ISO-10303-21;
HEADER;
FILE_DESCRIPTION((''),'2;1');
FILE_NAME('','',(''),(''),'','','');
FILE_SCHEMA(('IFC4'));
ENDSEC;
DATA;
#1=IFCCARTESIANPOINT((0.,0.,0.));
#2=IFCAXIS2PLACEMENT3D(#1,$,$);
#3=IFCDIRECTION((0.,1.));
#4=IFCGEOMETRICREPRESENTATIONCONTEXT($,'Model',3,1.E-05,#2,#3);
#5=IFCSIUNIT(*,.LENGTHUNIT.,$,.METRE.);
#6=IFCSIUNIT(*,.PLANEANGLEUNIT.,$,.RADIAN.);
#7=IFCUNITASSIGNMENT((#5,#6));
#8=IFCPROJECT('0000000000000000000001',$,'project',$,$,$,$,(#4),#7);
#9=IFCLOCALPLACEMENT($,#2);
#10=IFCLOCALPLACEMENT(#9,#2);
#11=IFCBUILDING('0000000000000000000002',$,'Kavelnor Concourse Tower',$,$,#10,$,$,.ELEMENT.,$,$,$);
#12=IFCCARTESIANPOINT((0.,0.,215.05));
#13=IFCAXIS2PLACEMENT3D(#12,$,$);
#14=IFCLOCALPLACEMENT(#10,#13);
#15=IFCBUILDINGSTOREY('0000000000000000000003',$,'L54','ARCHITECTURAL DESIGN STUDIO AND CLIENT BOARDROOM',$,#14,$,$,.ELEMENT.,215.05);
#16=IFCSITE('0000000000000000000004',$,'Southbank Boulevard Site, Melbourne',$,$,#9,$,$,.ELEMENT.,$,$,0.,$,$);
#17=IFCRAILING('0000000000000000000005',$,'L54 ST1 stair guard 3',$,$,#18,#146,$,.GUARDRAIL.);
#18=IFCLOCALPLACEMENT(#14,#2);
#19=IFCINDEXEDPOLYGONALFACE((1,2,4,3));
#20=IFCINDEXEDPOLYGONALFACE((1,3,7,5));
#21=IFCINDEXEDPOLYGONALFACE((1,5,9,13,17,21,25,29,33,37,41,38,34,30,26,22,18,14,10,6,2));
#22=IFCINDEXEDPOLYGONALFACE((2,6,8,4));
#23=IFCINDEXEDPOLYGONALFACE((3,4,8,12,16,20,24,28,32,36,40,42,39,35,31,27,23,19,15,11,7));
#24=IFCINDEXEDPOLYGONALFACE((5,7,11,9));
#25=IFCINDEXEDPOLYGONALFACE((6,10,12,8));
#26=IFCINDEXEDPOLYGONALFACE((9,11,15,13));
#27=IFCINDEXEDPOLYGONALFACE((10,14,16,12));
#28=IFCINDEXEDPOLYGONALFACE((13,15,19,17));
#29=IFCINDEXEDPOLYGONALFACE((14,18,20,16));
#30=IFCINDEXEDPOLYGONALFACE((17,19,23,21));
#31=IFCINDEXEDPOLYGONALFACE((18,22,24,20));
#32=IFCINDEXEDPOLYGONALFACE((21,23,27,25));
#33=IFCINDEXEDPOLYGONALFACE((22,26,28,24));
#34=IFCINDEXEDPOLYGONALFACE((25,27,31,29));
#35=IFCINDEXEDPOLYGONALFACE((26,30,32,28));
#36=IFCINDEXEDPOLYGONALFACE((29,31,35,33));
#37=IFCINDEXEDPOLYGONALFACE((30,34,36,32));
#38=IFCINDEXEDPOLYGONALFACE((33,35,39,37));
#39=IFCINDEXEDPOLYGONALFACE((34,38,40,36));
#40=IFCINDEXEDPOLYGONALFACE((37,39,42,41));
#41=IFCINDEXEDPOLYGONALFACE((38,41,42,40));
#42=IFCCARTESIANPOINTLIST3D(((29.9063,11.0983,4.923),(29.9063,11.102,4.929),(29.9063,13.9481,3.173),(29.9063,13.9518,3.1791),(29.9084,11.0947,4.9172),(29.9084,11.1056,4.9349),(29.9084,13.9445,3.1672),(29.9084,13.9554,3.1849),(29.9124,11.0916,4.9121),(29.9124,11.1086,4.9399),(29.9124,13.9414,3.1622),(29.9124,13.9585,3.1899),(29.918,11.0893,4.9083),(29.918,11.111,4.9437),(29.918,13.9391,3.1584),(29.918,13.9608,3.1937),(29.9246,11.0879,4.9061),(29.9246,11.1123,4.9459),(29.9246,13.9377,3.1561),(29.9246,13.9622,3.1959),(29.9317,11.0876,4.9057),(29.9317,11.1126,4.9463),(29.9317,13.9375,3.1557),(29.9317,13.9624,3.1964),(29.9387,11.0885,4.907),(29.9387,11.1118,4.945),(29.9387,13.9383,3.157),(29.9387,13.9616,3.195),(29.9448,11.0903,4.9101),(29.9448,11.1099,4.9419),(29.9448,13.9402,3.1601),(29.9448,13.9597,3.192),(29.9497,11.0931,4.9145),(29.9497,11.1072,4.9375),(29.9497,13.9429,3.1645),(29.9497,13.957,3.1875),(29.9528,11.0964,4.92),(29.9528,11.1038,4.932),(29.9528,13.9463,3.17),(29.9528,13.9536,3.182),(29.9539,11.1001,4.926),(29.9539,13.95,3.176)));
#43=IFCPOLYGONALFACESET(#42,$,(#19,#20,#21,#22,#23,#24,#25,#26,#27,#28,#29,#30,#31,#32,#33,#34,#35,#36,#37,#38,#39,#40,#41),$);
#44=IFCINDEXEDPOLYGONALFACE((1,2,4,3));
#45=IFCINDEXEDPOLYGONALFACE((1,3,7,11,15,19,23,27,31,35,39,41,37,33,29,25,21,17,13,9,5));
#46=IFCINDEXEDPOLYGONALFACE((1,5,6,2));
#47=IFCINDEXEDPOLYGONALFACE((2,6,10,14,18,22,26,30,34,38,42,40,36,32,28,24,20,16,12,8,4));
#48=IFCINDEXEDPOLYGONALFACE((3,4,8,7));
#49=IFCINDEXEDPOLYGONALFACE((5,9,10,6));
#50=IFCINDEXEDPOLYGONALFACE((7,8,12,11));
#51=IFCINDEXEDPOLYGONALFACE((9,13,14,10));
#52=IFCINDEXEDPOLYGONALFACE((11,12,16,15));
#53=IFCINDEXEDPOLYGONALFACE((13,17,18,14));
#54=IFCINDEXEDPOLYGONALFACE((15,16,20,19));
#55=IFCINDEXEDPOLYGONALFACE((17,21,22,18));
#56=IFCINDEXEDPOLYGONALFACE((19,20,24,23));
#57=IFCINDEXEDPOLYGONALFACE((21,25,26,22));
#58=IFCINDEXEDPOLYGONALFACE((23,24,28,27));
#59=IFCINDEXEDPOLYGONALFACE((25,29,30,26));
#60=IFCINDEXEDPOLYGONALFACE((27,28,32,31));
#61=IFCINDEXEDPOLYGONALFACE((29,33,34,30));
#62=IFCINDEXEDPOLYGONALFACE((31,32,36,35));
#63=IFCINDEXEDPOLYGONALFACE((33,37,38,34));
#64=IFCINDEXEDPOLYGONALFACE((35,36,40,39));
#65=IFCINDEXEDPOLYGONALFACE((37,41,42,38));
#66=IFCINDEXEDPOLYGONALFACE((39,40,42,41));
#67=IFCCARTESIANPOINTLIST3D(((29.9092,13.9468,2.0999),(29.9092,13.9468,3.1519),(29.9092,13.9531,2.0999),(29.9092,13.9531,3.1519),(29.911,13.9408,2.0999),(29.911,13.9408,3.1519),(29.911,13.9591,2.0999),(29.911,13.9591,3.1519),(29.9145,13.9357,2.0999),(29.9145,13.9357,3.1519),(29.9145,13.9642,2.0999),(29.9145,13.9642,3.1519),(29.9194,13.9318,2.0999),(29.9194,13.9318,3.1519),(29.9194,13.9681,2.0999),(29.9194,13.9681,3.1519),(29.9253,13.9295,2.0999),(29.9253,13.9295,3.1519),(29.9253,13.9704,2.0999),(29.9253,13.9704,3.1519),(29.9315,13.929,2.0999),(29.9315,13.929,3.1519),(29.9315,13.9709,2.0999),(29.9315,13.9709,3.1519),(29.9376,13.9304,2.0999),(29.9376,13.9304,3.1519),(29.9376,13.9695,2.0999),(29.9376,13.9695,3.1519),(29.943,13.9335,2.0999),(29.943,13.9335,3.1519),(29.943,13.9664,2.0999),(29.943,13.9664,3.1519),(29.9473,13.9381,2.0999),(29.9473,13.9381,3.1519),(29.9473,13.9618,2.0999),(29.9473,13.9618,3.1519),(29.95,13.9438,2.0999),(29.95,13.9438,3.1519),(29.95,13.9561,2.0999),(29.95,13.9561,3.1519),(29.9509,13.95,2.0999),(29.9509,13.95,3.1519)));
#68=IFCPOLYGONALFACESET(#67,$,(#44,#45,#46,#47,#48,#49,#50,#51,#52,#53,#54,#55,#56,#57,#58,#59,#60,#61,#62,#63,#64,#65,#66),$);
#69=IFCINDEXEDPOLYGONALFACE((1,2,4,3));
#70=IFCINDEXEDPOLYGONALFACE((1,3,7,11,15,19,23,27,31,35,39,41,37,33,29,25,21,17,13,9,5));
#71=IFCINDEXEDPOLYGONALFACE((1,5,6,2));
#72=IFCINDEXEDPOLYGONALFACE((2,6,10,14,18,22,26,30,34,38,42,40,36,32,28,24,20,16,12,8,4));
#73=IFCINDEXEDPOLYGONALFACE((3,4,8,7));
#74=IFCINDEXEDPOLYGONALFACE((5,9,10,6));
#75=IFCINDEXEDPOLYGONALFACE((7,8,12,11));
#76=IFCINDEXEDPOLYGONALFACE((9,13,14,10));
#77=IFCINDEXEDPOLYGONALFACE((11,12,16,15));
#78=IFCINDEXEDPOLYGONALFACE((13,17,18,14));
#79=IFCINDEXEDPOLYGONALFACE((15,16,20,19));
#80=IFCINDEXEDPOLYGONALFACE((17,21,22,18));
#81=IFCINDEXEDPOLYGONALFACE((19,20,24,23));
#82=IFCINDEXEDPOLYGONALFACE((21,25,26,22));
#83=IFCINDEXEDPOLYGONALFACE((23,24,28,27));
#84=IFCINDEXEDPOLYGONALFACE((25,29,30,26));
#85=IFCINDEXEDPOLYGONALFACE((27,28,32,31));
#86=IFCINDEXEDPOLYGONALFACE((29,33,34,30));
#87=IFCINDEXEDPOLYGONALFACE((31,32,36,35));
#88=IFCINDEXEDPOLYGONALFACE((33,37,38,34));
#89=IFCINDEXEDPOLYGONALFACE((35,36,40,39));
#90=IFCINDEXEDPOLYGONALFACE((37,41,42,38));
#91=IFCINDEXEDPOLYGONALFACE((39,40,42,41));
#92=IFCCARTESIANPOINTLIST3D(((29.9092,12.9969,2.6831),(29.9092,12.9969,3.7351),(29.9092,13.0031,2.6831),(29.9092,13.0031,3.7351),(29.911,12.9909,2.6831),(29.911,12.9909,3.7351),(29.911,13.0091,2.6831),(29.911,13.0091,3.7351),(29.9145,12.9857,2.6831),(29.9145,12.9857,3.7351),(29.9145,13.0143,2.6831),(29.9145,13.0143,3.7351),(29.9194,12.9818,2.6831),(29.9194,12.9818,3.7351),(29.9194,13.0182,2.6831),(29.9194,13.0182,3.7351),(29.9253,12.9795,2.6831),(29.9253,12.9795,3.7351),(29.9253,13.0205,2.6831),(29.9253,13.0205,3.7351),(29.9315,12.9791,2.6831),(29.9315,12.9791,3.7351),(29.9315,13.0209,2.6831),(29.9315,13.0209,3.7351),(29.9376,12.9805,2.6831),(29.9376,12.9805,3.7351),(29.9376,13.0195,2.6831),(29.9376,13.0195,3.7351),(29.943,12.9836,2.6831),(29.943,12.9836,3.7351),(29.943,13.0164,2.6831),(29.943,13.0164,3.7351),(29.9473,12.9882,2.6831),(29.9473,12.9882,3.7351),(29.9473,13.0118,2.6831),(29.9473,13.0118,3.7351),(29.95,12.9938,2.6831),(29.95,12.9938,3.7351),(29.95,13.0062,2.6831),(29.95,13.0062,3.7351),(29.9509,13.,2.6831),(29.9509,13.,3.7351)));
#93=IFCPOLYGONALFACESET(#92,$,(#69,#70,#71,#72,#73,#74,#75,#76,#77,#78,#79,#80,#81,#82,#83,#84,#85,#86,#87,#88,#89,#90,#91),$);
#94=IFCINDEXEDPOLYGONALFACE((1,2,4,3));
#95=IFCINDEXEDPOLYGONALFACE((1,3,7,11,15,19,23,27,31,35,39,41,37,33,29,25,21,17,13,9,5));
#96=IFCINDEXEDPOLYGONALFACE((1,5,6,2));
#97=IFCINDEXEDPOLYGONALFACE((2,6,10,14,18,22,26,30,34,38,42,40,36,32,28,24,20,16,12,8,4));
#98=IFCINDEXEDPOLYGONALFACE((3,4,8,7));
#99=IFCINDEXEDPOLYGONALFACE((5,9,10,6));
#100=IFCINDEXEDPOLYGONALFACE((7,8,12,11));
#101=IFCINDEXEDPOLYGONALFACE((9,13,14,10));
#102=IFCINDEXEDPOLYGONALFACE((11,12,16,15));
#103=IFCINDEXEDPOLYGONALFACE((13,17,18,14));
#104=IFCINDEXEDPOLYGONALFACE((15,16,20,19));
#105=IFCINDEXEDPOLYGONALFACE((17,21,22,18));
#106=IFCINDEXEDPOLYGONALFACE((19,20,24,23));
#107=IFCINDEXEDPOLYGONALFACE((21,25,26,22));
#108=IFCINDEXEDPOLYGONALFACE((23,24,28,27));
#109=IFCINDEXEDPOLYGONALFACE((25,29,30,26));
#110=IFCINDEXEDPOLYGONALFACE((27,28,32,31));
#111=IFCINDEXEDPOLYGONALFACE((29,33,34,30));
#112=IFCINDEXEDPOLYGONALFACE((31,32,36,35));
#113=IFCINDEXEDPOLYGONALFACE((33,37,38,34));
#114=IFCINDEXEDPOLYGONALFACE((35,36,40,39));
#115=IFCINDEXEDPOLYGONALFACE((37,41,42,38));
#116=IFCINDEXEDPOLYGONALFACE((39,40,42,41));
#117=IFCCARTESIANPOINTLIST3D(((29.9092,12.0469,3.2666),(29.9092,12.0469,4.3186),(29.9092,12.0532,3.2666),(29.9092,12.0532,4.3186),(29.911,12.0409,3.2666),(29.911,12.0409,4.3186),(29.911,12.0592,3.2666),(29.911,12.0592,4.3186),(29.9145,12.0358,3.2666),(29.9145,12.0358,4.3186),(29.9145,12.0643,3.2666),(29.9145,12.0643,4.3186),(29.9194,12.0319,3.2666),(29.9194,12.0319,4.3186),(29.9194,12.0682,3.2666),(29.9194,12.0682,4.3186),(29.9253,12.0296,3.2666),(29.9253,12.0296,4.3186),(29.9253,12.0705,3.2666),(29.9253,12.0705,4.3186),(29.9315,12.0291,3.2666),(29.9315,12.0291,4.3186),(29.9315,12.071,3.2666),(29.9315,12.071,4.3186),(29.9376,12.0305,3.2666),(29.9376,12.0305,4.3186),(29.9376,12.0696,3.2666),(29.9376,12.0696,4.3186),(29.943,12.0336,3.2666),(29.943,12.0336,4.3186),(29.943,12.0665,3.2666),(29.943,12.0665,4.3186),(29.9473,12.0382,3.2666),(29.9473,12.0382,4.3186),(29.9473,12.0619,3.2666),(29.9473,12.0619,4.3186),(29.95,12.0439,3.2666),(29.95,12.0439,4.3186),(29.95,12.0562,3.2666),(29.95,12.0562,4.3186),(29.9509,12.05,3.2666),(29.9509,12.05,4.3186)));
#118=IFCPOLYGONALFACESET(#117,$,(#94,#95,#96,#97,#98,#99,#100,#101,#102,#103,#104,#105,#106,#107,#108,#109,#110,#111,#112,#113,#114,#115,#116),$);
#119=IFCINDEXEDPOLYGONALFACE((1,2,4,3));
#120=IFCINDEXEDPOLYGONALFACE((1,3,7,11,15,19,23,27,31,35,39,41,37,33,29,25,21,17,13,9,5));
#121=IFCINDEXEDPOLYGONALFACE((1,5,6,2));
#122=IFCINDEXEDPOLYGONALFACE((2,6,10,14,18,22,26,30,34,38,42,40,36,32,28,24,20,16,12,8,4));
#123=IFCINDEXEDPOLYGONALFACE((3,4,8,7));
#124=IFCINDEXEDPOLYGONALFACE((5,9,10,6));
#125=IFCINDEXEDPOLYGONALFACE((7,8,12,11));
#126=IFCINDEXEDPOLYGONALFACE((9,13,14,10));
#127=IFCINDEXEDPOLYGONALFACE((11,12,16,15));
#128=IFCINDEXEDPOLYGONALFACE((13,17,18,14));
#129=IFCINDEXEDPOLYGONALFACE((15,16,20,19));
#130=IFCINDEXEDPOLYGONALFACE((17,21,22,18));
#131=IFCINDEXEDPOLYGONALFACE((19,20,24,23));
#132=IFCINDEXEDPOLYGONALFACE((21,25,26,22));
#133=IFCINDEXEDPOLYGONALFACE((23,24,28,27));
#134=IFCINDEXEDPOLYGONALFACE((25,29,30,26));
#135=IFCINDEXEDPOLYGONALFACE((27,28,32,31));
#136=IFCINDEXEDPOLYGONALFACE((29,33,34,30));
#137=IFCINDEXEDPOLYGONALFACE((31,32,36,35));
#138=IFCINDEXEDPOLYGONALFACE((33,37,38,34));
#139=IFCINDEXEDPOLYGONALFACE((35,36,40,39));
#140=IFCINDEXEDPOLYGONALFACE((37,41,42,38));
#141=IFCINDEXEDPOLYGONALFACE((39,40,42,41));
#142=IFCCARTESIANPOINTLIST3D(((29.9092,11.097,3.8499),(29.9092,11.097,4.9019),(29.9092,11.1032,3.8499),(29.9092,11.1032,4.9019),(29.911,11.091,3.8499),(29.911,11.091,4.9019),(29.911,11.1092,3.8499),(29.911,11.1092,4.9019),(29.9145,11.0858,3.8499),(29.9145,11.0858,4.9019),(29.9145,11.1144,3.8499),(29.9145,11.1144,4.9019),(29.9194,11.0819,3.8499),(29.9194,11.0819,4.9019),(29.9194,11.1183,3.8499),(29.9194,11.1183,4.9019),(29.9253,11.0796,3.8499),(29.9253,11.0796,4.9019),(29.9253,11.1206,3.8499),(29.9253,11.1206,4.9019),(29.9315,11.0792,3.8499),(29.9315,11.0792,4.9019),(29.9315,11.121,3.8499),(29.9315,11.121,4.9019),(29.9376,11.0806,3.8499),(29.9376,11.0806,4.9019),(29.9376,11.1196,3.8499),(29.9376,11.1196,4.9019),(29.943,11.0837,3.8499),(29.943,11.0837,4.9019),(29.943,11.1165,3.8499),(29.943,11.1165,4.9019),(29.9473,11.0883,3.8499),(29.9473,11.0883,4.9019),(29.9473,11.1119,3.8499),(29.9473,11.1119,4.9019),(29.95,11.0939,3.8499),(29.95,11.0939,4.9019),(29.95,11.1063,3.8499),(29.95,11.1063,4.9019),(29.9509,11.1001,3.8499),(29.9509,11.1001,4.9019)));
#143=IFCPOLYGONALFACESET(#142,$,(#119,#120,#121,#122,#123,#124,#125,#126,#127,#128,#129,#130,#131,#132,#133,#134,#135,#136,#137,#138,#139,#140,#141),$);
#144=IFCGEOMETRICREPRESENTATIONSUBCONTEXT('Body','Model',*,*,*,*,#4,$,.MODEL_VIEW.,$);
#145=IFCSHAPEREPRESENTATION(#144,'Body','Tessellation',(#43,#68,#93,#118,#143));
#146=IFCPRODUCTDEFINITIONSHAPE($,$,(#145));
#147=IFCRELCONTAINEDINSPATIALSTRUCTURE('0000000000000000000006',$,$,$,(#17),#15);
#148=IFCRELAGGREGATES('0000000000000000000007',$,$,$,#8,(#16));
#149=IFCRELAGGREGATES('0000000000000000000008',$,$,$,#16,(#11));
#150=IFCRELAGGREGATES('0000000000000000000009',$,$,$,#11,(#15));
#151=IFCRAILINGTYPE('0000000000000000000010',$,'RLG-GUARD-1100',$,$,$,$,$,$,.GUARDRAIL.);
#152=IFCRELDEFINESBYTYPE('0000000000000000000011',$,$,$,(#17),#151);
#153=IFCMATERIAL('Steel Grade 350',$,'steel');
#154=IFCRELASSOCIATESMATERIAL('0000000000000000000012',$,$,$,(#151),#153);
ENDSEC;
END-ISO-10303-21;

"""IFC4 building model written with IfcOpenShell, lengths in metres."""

from ifc_helpers import new_model, si_unit, direction, frame, origin, origin_2d, place, context, subcontext, project, spatial, circle, extrude, material, type_object, element, save


model = new_model("IFC4")

# Units and contexts
model_context = context("Model", 3, precision=1e-05, world=origin(), true_north=direction((0.0, 1.0)))
body_context = subcontext(model_context, "Body", "Model", "MODEL_VIEW")
ifc_project = project(units=[si_unit("LENGTHUNIT", "METRE"), si_unit("PLANEANGLEUNIT", "RADIAN")], contexts=[model_context])

# Site, building, storey
site_placement = place(None, origin())
site = spatial("IfcSite", under=ifc_project, at=site_placement, Name="Southbank Boulevard Site, Melbourne", CompositionType="ELEMENT", RefElevation=0.0)
building_placement = place(site_placement, origin())
building = spatial("IfcBuilding", under=site, at=building_placement, Name="Kavelnor Concourse Tower", CompositionType="ELEMENT")
storey_placement = place(building_placement, frame((0.0, 0.0, 215.05)))
storey = spatial("IfcBuildingStorey", under=building, at=storey_placement, Name="L54", Description="ARCHITECTURAL DESIGN STUDIO AND CLIENT BOARDROOM", CompositionType="ELEMENT", Elevation=215.05)

# Shared definitions
ifc_material_1 = material(Name="Steel Grade 350", Category="steel")

# Railing
railing_type_1 = type_object("IfcRailingType", Name="RLG-GUARD-1100", PredefinedType="GUARDRAIL", material=ifc_material_1)
railing_1_placement = place(storey_placement, frame((29.9299, 13.95, 2.0999)))
element("IfcRailing", 1, at=railing_1_placement, inside=storey, type_object=railing_type_1, Name="L54 ST1 stair guard 3", PredefinedType="GUARDRAIL", context=body_context, shape_type="SweptSolid", body=[
    extrude(circle(Radius=0.0239, at=origin_2d()), frame((0.0, 0.0, 1.0762), z_axis=(0.0, -0.852159, 0.523283), x_axis=(1.0, 0.0, 0.0)), (0.0, 0.0, 1.0), 3.3442),
    extrude(circle(Radius=0.021, at=origin_2d()), origin(), (0.0, 0.0, 1.0), 1.052),
    extrude(circle(Radius=0.021, at=origin_2d()), frame((0.0, -0.95, 0.5833)), (0.0, 0.0, 1.0), 1.052),
    extrude(circle(Radius=0.021, at=origin_2d()), frame((0.0, -1.8999, 1.1667)), (0.0, 0.0, 1.0), 1.052),
    extrude(circle(Radius=0.021, at=origin_2d()), frame((0.0, -2.8499, 1.75)), (0.0, 0.0, 1.0), 1.052),
])

save(model, "model.ifc")
